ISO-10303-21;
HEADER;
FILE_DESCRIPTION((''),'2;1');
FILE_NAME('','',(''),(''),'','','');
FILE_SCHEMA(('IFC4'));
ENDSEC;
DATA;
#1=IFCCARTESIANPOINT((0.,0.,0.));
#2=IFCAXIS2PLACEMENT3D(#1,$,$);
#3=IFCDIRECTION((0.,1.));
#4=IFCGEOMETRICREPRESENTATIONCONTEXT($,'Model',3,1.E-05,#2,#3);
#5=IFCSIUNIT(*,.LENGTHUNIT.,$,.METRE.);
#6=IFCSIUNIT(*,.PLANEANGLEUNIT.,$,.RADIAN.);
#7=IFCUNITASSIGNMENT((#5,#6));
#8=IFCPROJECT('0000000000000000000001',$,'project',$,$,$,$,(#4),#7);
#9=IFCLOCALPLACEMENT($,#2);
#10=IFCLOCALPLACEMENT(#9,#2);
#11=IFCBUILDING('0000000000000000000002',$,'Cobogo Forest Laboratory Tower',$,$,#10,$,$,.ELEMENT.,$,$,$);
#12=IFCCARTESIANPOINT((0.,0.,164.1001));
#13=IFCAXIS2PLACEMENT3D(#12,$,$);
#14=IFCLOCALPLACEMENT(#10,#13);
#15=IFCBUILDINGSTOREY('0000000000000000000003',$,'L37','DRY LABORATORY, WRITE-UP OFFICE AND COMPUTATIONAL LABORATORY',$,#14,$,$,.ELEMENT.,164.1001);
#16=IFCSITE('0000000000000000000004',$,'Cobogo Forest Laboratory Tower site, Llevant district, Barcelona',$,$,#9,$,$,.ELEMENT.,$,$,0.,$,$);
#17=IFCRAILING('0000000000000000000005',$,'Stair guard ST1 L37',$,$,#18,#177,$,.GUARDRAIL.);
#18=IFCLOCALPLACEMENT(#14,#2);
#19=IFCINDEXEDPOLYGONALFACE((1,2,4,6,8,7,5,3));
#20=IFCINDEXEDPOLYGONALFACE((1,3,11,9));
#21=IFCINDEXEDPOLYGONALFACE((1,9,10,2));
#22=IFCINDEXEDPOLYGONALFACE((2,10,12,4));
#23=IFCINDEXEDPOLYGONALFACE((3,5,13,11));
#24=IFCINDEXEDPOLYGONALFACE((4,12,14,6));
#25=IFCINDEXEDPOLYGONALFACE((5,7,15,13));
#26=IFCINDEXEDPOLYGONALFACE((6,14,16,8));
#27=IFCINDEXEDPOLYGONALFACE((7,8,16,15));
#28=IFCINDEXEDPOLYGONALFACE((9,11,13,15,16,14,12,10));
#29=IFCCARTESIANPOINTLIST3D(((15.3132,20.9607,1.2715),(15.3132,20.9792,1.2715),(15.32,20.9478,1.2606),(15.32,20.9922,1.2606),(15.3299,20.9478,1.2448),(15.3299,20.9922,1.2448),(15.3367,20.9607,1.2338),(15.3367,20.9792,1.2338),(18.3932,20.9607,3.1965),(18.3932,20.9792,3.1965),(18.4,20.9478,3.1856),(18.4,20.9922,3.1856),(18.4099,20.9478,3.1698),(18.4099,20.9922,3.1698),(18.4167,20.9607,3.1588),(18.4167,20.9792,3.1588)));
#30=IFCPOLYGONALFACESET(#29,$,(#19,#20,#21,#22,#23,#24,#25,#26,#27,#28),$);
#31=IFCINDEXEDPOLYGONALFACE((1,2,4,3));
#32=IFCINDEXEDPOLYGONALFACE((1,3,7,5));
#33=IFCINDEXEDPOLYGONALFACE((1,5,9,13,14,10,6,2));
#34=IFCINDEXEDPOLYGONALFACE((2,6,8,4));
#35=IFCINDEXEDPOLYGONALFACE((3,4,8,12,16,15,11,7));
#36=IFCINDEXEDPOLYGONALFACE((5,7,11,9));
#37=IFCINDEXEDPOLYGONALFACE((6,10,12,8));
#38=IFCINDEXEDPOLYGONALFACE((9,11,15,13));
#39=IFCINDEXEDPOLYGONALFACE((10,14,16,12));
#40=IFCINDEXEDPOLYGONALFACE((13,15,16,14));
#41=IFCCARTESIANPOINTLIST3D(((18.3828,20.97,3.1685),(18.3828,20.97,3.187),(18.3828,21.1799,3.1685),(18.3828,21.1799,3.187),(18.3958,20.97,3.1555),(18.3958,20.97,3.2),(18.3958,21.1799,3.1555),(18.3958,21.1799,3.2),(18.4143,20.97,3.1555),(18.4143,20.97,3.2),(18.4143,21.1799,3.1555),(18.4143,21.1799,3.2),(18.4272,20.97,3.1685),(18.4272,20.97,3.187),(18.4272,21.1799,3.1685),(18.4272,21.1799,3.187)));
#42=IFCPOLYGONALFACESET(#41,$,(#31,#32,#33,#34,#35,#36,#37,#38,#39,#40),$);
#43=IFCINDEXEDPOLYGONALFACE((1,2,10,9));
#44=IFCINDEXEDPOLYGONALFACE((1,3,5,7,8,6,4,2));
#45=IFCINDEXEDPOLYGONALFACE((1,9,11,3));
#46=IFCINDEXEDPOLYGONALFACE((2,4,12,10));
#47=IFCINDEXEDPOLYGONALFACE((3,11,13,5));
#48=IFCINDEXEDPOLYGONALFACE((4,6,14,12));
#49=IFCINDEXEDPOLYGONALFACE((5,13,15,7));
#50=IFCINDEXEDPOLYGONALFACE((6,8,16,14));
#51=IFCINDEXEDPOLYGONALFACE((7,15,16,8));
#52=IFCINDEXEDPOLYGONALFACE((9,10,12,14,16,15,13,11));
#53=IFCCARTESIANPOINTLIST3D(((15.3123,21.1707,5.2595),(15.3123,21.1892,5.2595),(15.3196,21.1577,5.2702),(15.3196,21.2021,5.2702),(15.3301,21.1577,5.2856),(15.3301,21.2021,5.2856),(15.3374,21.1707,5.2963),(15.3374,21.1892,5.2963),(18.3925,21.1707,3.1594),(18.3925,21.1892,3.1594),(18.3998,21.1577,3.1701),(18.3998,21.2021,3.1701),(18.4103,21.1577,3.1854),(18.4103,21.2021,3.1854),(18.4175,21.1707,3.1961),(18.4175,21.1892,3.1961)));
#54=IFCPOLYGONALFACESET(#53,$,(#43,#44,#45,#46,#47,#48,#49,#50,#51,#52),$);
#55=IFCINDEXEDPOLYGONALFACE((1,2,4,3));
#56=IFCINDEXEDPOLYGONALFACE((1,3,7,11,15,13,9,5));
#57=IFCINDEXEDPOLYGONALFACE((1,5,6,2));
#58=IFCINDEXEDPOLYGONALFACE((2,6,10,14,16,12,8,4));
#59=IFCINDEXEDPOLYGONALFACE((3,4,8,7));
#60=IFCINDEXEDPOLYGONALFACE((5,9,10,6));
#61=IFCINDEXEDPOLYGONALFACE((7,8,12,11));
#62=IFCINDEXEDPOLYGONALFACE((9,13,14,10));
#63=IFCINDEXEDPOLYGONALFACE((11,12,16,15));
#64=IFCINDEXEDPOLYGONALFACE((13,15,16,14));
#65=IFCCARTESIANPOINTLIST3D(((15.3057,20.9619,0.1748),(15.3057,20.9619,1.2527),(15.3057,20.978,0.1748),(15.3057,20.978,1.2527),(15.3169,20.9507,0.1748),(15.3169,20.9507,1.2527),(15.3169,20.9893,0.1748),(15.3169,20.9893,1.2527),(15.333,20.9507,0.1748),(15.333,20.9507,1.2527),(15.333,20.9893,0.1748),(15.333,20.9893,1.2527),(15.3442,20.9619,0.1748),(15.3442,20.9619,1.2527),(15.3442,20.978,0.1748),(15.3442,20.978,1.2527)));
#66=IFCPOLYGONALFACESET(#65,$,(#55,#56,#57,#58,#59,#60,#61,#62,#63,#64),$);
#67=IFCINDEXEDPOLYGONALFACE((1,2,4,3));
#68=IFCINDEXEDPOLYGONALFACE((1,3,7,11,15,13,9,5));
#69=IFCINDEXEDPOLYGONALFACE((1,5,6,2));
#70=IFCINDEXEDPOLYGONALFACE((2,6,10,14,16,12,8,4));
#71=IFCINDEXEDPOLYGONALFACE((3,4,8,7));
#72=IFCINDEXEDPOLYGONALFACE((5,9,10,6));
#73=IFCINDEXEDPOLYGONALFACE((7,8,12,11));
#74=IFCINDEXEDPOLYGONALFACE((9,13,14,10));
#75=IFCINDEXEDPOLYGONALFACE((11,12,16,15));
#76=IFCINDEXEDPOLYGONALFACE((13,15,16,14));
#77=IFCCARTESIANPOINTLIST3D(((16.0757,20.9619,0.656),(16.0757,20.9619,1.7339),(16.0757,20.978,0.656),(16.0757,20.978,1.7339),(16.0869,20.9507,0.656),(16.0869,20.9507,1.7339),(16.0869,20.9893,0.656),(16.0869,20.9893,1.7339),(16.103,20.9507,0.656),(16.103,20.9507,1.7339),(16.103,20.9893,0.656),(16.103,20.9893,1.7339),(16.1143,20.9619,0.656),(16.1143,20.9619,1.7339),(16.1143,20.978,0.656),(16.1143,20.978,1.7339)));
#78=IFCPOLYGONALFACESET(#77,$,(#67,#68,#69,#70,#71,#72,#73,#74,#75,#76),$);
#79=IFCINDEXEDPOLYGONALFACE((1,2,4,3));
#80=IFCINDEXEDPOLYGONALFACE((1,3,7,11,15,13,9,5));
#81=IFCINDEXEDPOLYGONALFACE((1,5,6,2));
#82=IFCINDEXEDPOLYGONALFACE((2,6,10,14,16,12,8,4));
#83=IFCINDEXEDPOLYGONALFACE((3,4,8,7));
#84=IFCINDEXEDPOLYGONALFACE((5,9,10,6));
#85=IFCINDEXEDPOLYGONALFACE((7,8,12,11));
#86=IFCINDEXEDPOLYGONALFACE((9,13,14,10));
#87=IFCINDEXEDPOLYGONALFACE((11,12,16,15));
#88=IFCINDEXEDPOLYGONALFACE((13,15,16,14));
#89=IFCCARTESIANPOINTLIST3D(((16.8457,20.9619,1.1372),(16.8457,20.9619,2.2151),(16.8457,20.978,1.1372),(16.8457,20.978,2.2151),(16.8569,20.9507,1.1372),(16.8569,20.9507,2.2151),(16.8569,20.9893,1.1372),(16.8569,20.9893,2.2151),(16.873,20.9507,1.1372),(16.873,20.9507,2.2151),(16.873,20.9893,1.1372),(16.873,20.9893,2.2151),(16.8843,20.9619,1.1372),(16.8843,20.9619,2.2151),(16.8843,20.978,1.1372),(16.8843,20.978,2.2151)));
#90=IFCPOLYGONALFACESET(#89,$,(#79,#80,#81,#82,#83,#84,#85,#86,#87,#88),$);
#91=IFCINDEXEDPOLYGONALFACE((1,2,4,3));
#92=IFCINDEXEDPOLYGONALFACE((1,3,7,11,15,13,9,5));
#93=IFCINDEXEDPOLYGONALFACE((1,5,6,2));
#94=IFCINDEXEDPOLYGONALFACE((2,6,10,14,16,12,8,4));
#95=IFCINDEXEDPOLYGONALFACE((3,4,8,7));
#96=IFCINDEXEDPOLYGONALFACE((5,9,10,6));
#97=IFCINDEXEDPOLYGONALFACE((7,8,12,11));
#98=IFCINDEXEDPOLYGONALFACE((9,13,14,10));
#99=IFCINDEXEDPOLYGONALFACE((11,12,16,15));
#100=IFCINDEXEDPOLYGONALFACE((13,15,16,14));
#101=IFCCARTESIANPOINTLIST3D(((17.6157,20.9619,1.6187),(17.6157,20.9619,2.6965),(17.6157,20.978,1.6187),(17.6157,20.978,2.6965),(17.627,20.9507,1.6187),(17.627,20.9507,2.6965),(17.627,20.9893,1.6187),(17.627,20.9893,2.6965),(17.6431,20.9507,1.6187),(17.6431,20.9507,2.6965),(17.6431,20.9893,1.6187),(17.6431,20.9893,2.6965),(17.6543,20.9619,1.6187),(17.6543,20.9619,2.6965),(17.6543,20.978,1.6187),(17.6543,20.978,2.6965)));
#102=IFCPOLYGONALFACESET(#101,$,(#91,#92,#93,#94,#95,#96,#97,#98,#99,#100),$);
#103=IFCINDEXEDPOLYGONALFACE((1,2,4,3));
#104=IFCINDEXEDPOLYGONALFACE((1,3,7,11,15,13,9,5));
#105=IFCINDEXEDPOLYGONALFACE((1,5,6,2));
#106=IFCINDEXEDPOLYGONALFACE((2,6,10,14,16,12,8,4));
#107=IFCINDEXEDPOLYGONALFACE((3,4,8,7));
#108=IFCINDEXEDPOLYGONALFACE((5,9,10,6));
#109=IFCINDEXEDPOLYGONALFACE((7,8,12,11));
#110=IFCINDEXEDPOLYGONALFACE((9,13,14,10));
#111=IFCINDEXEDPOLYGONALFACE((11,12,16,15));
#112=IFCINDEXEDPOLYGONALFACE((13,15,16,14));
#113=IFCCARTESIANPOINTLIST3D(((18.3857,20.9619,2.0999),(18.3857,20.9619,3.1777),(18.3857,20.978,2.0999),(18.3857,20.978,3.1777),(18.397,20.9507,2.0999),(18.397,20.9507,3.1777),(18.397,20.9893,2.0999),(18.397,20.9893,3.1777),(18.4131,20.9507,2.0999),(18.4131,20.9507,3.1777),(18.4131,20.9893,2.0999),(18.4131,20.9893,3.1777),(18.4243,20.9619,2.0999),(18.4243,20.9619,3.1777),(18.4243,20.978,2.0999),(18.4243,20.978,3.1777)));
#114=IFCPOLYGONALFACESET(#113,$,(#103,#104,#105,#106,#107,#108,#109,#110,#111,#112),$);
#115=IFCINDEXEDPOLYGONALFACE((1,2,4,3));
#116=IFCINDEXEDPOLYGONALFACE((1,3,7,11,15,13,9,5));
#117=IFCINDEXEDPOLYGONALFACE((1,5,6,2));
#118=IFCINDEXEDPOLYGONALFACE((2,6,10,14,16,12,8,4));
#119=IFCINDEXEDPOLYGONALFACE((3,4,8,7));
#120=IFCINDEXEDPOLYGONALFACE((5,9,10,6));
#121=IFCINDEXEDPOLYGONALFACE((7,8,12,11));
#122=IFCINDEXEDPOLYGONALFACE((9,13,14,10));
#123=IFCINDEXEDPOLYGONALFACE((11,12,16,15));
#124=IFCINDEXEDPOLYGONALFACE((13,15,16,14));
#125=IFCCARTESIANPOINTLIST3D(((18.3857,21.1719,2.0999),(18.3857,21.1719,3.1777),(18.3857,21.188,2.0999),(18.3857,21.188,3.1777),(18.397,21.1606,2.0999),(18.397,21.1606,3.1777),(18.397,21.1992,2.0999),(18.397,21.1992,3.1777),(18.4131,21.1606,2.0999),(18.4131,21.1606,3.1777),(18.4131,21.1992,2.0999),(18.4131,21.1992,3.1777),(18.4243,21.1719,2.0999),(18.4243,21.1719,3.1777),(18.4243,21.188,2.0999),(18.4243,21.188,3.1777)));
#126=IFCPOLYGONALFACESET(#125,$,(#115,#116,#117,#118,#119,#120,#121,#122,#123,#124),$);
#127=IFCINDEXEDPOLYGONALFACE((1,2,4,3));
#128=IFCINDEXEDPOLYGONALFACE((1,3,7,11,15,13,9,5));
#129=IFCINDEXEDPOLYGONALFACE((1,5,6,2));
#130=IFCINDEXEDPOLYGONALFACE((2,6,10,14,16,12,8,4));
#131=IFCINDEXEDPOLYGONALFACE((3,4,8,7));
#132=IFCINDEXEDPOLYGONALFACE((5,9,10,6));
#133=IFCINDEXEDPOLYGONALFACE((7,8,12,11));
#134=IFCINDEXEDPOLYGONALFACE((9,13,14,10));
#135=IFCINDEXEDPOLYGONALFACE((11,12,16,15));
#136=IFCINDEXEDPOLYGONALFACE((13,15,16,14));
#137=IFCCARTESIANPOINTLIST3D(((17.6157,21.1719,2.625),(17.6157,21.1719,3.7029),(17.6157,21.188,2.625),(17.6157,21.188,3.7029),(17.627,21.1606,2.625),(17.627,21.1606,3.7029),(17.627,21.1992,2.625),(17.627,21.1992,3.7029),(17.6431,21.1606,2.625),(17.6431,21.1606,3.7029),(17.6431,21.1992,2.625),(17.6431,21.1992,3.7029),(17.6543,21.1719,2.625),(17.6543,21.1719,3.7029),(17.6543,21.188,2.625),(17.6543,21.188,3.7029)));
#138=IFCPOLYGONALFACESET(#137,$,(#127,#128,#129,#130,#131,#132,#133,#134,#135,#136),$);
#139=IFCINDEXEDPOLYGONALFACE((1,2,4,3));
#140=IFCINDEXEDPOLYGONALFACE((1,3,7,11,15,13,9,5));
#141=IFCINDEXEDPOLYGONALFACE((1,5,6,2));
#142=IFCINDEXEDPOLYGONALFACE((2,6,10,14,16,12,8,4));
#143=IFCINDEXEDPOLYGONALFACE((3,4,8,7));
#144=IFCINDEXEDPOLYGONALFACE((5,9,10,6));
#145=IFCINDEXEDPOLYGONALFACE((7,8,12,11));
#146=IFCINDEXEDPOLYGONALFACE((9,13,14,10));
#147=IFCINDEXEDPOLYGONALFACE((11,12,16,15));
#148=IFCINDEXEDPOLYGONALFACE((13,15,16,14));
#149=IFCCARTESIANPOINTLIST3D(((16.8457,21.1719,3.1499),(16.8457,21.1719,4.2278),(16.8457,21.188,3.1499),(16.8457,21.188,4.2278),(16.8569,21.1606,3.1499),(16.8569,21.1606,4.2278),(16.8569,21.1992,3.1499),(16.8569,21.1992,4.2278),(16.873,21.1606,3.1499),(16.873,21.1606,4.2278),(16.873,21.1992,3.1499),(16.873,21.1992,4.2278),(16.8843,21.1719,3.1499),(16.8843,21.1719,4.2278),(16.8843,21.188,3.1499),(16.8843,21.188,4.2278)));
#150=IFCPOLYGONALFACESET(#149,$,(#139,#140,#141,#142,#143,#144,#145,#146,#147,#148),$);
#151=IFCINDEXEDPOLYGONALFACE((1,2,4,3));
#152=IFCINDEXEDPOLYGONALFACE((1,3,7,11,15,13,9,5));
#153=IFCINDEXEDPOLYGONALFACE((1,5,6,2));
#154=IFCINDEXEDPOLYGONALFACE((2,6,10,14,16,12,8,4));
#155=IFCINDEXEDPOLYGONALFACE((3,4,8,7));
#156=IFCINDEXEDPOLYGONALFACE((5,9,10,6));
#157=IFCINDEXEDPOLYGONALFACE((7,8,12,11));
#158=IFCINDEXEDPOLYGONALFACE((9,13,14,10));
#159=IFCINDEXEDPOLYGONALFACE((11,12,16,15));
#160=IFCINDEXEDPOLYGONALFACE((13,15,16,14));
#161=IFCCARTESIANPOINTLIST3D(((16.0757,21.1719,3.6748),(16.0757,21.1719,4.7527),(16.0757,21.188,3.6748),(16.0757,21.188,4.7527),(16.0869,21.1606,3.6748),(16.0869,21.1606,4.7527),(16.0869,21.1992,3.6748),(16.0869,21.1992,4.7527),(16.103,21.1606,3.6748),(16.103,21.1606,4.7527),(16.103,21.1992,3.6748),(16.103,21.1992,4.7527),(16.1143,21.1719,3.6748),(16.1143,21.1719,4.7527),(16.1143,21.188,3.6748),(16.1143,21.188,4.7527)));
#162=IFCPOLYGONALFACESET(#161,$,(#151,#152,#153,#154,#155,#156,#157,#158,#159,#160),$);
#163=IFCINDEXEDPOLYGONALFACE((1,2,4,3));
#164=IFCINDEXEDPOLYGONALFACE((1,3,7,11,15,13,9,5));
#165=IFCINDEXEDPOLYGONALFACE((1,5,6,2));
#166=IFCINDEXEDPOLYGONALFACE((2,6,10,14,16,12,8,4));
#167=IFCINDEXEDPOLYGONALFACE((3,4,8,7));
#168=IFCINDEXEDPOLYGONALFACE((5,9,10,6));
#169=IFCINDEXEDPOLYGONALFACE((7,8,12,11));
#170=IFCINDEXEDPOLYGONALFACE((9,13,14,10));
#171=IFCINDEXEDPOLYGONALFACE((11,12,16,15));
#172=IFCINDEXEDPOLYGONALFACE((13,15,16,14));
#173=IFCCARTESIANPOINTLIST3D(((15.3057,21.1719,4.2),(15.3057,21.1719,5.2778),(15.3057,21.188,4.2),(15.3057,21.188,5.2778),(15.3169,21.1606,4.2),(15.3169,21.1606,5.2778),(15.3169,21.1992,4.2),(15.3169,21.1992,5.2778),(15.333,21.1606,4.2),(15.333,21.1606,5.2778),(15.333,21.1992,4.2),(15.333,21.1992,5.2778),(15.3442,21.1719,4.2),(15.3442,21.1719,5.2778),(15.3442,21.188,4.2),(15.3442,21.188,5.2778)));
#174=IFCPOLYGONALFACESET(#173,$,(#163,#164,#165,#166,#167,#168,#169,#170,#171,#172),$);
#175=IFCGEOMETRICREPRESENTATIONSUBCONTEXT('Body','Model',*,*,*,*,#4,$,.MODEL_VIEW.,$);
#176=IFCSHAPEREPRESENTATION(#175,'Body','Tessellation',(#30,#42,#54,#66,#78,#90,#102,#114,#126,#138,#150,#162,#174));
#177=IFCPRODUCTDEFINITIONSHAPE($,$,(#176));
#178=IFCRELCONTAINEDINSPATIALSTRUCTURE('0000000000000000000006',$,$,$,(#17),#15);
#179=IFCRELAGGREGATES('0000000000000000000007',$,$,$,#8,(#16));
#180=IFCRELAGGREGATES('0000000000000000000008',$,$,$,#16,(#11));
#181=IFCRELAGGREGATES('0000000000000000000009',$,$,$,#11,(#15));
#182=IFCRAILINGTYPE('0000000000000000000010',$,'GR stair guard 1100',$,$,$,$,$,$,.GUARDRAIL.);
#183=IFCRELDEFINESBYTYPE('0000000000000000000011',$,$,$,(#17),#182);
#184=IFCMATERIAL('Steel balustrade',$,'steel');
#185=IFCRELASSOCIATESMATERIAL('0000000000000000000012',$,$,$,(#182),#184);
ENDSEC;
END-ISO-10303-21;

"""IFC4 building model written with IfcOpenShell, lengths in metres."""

from ifc_helpers import new_model, si_unit, direction, frame, origin, place, context, subcontext, project, spatial, polyline, outline, extrude, material, type_object, element, save


model = new_model("IFC4")

# Units and contexts
model_context = context("Model", 3, precision=1e-05, world=origin(), true_north=direction((0.0, 1.0)))
body_context = subcontext(model_context, "Body", "Model", "MODEL_VIEW")
ifc_project = project(units=[si_unit("LENGTHUNIT", "METRE"), si_unit("PLANEANGLEUNIT", "RADIAN")], contexts=[model_context])

# Site, building, storey
site_placement = place(None, origin())
site = spatial("IfcSite", under=ifc_project, at=site_placement, Name="Cobogo Forest Laboratory Tower site, Llevant district, Barcelona", CompositionType="ELEMENT", RefElevation=0.0)
building_placement = place(site_placement, origin())
building = spatial("IfcBuilding", under=site, at=building_placement, Name="Cobogo Forest Laboratory Tower", CompositionType="ELEMENT")
storey_placement = place(building_placement, frame((0.0, 0.0, 164.1001)))
storey = spatial("IfcBuildingStorey", under=building, at=storey_placement, Name="L37", Description="DRY LABORATORY, WRITE-UP OFFICE AND COMPUTATIONAL LABORATORY", CompositionType="ELEMENT", Elevation=164.1001)

# Railing
ifc_material_1 = material(Name="Steel balustrade", Category="steel")
railing_type_1 = type_object("IfcRailingType", Name="GR stair guard 1100", PredefinedType="GUARDRAIL", material=ifc_material_1)
railing_1_placement = place(storey_placement, frame((15.325, 20.97, 0.1748)))
element("IfcRailing", 1, at=railing_1_placement, inside=storey, type_object=railing_type_1, Name="Stair guard ST1 L37", PredefinedType="GUARDRAIL", context=body_context, shape_type="SweptSolid", body=[
    extrude(outline(polyline([(0.0222, 0.0093), (0.0093, 0.0222), (-0.0093, 0.0222), (-0.0222, 0.0093), (-0.0222, -0.0093), (-0.0093, -0.0222), (0.0093, -0.0222), (0.0222, -0.0093), (0.0222, 0.0093)])), frame((0.0, 0.0, 1.0779), z_axis=(0.847998, 0.0, 0.529999), x_axis=(0.0, 1.0, 0.0)), (0.0, 0.0, 1.0), 3.6321),
    extrude(outline(polyline([(0.0222, 0.0093), (0.0093, 0.0222), (-0.0093, 0.0222), (-0.0222, 0.0093), (-0.0222, -0.0093), (-0.0093, -0.0222), (0.0093, -0.0222), (0.0222, -0.0093), (0.0222, 0.0093)])), frame((3.0801, 0.0, 3.0029), z_axis=(0.0, 1.0, 0.0), x_axis=(-1.0, 0.0, 0.0)), (0.0, 0.0, 1.0), 0.21),
    extrude(outline(polyline([(0.0222, 0.0093), (0.0093, 0.0222), (-0.0093, 0.0222), (-0.0222, 0.0093), (-0.0222, -0.0093), (-0.0093, -0.0222), (0.0093, -0.0222), (0.0222, -0.0093), (0.0222, 0.0093)])), frame((3.0801, 0.21, 3.0029), z_axis=(-0.826222, 0.0, 0.563345), x_axis=(0.0, -1.0, 0.0)), (0.0, 0.0, 1.0), 3.728),
    extrude(outline(polyline([(0.0193, 0.0081), (0.0081, 0.0193), (-0.0081, 0.0193), (-0.0193, 0.0081), (-0.0193, -0.0081), (-0.0081, -0.0193), (0.0081, -0.0193), (0.0193, -0.0081), (0.0193, 0.0081)])), origin(), (0.0, 0.0, 1.0), 1.0779),
    extrude(outline(polyline([(0.0193, 0.0081), (0.0081, 0.0193), (-0.0081, 0.0193), (-0.0193, 0.0081), (-0.0193, -0.0081), (-0.0081, -0.0193), (0.0081, -0.0193), (0.0193, -0.0081), (0.0193, 0.0081)])), frame((0.77, 0.0, 0.4812)), (0.0, 0.0, 1.0), 1.0779),
    extrude(outline(polyline([(0.0193, 0.0081), (0.0081, 0.0193), (-0.0081, 0.0193), (-0.0193, 0.0081), (-0.0193, -0.0081), (-0.0081, -0.0193), (0.0081, -0.0193), (0.0193, -0.0081), (0.0193, 0.0081)])), frame((1.54, 0.0, 0.9624)), (0.0, 0.0, 1.0), 1.0779),
    extrude(outline(polyline([(0.0193, 0.0081), (0.0081, 0.0193), (-0.0081, 0.0193), (-0.0193, 0.0081), (-0.0193, -0.0081), (-0.0081, -0.0193), (0.0081, -0.0193), (0.0193, -0.0081), (0.0193, 0.0081)])), frame((2.3101, 0.0, 1.4438)), (0.0, 0.0, 1.0), 1.0779),
    extrude(outline(polyline([(0.0193, 0.0081), (0.0081, 0.0193), (-0.0081, 0.0193), (-0.0193, 0.0081), (-0.0193, -0.0081), (-0.0081, -0.0193), (0.0081, -0.0193), (0.0193, -0.0081), (0.0193, 0.0081)])), frame((3.0801, 0.0, 1.925)), (0.0, 0.0, 1.0), 1.0779),
    extrude(outline(polyline([(0.0193, 0.0081), (0.0081, 0.0193), (-0.0081, 0.0193), (-0.0193, 0.0081), (-0.0193, -0.0081), (-0.0081, -0.0193), (0.0081, -0.0193), (0.0193, -0.0081), (0.0193, 0.0081)])), frame((3.0801, 0.21, 1.925)), (0.0, 0.0, 1.0), 1.0779),
    extrude(outline(polyline([(0.0193, 0.0081), (0.0081, 0.0193), (-0.0081, 0.0193), (-0.0193, 0.0081), (-0.0193, -0.0081), (-0.0081, -0.0193), (0.0081, -0.0193), (0.0193, -0.0081), (0.0193, 0.0081)])), frame((2.3101, 0.21, 2.4502)), (0.0, 0.0, 1.0), 1.0779),
    extrude(outline(polyline([(0.0193, 0.0081), (0.0081, 0.0193), (-0.0081, 0.0193), (-0.0193, 0.0081), (-0.0193, -0.0081), (-0.0081, -0.0193), (0.0081, -0.0193), (0.0193, -0.0081), (0.0193, 0.0081)])), frame((1.54, 0.21, 2.9751)), (0.0, 0.0, 1.0), 1.0779),
    extrude(outline(polyline([(0.0193, 0.0081), (0.0081, 0.0193), (-0.0081, 0.0193), (-0.0193, 0.0081), (-0.0193, -0.0081), (-0.0081, -0.0193), (0.0081, -0.0193), (0.0193, -0.0081), (0.0193, 0.0081)])), frame((0.77, 0.21, 3.5)), (0.0, 0.0, 1.0), 1.0779),
    extrude(outline(polyline([(0.0193, 0.0081), (0.0081, 0.0193), (-0.0081, 0.0193), (-0.0193, 0.0081), (-0.0193, -0.0081), (-0.0081, -0.0193), (0.0081, -0.0193), (0.0193, -0.0081), (0.0193, 0.0081)])), frame((0.0, 0.21, 4.0251)), (0.0, 0.0, 1.0), 1.0779),
])

save(model, "model.ifc")
